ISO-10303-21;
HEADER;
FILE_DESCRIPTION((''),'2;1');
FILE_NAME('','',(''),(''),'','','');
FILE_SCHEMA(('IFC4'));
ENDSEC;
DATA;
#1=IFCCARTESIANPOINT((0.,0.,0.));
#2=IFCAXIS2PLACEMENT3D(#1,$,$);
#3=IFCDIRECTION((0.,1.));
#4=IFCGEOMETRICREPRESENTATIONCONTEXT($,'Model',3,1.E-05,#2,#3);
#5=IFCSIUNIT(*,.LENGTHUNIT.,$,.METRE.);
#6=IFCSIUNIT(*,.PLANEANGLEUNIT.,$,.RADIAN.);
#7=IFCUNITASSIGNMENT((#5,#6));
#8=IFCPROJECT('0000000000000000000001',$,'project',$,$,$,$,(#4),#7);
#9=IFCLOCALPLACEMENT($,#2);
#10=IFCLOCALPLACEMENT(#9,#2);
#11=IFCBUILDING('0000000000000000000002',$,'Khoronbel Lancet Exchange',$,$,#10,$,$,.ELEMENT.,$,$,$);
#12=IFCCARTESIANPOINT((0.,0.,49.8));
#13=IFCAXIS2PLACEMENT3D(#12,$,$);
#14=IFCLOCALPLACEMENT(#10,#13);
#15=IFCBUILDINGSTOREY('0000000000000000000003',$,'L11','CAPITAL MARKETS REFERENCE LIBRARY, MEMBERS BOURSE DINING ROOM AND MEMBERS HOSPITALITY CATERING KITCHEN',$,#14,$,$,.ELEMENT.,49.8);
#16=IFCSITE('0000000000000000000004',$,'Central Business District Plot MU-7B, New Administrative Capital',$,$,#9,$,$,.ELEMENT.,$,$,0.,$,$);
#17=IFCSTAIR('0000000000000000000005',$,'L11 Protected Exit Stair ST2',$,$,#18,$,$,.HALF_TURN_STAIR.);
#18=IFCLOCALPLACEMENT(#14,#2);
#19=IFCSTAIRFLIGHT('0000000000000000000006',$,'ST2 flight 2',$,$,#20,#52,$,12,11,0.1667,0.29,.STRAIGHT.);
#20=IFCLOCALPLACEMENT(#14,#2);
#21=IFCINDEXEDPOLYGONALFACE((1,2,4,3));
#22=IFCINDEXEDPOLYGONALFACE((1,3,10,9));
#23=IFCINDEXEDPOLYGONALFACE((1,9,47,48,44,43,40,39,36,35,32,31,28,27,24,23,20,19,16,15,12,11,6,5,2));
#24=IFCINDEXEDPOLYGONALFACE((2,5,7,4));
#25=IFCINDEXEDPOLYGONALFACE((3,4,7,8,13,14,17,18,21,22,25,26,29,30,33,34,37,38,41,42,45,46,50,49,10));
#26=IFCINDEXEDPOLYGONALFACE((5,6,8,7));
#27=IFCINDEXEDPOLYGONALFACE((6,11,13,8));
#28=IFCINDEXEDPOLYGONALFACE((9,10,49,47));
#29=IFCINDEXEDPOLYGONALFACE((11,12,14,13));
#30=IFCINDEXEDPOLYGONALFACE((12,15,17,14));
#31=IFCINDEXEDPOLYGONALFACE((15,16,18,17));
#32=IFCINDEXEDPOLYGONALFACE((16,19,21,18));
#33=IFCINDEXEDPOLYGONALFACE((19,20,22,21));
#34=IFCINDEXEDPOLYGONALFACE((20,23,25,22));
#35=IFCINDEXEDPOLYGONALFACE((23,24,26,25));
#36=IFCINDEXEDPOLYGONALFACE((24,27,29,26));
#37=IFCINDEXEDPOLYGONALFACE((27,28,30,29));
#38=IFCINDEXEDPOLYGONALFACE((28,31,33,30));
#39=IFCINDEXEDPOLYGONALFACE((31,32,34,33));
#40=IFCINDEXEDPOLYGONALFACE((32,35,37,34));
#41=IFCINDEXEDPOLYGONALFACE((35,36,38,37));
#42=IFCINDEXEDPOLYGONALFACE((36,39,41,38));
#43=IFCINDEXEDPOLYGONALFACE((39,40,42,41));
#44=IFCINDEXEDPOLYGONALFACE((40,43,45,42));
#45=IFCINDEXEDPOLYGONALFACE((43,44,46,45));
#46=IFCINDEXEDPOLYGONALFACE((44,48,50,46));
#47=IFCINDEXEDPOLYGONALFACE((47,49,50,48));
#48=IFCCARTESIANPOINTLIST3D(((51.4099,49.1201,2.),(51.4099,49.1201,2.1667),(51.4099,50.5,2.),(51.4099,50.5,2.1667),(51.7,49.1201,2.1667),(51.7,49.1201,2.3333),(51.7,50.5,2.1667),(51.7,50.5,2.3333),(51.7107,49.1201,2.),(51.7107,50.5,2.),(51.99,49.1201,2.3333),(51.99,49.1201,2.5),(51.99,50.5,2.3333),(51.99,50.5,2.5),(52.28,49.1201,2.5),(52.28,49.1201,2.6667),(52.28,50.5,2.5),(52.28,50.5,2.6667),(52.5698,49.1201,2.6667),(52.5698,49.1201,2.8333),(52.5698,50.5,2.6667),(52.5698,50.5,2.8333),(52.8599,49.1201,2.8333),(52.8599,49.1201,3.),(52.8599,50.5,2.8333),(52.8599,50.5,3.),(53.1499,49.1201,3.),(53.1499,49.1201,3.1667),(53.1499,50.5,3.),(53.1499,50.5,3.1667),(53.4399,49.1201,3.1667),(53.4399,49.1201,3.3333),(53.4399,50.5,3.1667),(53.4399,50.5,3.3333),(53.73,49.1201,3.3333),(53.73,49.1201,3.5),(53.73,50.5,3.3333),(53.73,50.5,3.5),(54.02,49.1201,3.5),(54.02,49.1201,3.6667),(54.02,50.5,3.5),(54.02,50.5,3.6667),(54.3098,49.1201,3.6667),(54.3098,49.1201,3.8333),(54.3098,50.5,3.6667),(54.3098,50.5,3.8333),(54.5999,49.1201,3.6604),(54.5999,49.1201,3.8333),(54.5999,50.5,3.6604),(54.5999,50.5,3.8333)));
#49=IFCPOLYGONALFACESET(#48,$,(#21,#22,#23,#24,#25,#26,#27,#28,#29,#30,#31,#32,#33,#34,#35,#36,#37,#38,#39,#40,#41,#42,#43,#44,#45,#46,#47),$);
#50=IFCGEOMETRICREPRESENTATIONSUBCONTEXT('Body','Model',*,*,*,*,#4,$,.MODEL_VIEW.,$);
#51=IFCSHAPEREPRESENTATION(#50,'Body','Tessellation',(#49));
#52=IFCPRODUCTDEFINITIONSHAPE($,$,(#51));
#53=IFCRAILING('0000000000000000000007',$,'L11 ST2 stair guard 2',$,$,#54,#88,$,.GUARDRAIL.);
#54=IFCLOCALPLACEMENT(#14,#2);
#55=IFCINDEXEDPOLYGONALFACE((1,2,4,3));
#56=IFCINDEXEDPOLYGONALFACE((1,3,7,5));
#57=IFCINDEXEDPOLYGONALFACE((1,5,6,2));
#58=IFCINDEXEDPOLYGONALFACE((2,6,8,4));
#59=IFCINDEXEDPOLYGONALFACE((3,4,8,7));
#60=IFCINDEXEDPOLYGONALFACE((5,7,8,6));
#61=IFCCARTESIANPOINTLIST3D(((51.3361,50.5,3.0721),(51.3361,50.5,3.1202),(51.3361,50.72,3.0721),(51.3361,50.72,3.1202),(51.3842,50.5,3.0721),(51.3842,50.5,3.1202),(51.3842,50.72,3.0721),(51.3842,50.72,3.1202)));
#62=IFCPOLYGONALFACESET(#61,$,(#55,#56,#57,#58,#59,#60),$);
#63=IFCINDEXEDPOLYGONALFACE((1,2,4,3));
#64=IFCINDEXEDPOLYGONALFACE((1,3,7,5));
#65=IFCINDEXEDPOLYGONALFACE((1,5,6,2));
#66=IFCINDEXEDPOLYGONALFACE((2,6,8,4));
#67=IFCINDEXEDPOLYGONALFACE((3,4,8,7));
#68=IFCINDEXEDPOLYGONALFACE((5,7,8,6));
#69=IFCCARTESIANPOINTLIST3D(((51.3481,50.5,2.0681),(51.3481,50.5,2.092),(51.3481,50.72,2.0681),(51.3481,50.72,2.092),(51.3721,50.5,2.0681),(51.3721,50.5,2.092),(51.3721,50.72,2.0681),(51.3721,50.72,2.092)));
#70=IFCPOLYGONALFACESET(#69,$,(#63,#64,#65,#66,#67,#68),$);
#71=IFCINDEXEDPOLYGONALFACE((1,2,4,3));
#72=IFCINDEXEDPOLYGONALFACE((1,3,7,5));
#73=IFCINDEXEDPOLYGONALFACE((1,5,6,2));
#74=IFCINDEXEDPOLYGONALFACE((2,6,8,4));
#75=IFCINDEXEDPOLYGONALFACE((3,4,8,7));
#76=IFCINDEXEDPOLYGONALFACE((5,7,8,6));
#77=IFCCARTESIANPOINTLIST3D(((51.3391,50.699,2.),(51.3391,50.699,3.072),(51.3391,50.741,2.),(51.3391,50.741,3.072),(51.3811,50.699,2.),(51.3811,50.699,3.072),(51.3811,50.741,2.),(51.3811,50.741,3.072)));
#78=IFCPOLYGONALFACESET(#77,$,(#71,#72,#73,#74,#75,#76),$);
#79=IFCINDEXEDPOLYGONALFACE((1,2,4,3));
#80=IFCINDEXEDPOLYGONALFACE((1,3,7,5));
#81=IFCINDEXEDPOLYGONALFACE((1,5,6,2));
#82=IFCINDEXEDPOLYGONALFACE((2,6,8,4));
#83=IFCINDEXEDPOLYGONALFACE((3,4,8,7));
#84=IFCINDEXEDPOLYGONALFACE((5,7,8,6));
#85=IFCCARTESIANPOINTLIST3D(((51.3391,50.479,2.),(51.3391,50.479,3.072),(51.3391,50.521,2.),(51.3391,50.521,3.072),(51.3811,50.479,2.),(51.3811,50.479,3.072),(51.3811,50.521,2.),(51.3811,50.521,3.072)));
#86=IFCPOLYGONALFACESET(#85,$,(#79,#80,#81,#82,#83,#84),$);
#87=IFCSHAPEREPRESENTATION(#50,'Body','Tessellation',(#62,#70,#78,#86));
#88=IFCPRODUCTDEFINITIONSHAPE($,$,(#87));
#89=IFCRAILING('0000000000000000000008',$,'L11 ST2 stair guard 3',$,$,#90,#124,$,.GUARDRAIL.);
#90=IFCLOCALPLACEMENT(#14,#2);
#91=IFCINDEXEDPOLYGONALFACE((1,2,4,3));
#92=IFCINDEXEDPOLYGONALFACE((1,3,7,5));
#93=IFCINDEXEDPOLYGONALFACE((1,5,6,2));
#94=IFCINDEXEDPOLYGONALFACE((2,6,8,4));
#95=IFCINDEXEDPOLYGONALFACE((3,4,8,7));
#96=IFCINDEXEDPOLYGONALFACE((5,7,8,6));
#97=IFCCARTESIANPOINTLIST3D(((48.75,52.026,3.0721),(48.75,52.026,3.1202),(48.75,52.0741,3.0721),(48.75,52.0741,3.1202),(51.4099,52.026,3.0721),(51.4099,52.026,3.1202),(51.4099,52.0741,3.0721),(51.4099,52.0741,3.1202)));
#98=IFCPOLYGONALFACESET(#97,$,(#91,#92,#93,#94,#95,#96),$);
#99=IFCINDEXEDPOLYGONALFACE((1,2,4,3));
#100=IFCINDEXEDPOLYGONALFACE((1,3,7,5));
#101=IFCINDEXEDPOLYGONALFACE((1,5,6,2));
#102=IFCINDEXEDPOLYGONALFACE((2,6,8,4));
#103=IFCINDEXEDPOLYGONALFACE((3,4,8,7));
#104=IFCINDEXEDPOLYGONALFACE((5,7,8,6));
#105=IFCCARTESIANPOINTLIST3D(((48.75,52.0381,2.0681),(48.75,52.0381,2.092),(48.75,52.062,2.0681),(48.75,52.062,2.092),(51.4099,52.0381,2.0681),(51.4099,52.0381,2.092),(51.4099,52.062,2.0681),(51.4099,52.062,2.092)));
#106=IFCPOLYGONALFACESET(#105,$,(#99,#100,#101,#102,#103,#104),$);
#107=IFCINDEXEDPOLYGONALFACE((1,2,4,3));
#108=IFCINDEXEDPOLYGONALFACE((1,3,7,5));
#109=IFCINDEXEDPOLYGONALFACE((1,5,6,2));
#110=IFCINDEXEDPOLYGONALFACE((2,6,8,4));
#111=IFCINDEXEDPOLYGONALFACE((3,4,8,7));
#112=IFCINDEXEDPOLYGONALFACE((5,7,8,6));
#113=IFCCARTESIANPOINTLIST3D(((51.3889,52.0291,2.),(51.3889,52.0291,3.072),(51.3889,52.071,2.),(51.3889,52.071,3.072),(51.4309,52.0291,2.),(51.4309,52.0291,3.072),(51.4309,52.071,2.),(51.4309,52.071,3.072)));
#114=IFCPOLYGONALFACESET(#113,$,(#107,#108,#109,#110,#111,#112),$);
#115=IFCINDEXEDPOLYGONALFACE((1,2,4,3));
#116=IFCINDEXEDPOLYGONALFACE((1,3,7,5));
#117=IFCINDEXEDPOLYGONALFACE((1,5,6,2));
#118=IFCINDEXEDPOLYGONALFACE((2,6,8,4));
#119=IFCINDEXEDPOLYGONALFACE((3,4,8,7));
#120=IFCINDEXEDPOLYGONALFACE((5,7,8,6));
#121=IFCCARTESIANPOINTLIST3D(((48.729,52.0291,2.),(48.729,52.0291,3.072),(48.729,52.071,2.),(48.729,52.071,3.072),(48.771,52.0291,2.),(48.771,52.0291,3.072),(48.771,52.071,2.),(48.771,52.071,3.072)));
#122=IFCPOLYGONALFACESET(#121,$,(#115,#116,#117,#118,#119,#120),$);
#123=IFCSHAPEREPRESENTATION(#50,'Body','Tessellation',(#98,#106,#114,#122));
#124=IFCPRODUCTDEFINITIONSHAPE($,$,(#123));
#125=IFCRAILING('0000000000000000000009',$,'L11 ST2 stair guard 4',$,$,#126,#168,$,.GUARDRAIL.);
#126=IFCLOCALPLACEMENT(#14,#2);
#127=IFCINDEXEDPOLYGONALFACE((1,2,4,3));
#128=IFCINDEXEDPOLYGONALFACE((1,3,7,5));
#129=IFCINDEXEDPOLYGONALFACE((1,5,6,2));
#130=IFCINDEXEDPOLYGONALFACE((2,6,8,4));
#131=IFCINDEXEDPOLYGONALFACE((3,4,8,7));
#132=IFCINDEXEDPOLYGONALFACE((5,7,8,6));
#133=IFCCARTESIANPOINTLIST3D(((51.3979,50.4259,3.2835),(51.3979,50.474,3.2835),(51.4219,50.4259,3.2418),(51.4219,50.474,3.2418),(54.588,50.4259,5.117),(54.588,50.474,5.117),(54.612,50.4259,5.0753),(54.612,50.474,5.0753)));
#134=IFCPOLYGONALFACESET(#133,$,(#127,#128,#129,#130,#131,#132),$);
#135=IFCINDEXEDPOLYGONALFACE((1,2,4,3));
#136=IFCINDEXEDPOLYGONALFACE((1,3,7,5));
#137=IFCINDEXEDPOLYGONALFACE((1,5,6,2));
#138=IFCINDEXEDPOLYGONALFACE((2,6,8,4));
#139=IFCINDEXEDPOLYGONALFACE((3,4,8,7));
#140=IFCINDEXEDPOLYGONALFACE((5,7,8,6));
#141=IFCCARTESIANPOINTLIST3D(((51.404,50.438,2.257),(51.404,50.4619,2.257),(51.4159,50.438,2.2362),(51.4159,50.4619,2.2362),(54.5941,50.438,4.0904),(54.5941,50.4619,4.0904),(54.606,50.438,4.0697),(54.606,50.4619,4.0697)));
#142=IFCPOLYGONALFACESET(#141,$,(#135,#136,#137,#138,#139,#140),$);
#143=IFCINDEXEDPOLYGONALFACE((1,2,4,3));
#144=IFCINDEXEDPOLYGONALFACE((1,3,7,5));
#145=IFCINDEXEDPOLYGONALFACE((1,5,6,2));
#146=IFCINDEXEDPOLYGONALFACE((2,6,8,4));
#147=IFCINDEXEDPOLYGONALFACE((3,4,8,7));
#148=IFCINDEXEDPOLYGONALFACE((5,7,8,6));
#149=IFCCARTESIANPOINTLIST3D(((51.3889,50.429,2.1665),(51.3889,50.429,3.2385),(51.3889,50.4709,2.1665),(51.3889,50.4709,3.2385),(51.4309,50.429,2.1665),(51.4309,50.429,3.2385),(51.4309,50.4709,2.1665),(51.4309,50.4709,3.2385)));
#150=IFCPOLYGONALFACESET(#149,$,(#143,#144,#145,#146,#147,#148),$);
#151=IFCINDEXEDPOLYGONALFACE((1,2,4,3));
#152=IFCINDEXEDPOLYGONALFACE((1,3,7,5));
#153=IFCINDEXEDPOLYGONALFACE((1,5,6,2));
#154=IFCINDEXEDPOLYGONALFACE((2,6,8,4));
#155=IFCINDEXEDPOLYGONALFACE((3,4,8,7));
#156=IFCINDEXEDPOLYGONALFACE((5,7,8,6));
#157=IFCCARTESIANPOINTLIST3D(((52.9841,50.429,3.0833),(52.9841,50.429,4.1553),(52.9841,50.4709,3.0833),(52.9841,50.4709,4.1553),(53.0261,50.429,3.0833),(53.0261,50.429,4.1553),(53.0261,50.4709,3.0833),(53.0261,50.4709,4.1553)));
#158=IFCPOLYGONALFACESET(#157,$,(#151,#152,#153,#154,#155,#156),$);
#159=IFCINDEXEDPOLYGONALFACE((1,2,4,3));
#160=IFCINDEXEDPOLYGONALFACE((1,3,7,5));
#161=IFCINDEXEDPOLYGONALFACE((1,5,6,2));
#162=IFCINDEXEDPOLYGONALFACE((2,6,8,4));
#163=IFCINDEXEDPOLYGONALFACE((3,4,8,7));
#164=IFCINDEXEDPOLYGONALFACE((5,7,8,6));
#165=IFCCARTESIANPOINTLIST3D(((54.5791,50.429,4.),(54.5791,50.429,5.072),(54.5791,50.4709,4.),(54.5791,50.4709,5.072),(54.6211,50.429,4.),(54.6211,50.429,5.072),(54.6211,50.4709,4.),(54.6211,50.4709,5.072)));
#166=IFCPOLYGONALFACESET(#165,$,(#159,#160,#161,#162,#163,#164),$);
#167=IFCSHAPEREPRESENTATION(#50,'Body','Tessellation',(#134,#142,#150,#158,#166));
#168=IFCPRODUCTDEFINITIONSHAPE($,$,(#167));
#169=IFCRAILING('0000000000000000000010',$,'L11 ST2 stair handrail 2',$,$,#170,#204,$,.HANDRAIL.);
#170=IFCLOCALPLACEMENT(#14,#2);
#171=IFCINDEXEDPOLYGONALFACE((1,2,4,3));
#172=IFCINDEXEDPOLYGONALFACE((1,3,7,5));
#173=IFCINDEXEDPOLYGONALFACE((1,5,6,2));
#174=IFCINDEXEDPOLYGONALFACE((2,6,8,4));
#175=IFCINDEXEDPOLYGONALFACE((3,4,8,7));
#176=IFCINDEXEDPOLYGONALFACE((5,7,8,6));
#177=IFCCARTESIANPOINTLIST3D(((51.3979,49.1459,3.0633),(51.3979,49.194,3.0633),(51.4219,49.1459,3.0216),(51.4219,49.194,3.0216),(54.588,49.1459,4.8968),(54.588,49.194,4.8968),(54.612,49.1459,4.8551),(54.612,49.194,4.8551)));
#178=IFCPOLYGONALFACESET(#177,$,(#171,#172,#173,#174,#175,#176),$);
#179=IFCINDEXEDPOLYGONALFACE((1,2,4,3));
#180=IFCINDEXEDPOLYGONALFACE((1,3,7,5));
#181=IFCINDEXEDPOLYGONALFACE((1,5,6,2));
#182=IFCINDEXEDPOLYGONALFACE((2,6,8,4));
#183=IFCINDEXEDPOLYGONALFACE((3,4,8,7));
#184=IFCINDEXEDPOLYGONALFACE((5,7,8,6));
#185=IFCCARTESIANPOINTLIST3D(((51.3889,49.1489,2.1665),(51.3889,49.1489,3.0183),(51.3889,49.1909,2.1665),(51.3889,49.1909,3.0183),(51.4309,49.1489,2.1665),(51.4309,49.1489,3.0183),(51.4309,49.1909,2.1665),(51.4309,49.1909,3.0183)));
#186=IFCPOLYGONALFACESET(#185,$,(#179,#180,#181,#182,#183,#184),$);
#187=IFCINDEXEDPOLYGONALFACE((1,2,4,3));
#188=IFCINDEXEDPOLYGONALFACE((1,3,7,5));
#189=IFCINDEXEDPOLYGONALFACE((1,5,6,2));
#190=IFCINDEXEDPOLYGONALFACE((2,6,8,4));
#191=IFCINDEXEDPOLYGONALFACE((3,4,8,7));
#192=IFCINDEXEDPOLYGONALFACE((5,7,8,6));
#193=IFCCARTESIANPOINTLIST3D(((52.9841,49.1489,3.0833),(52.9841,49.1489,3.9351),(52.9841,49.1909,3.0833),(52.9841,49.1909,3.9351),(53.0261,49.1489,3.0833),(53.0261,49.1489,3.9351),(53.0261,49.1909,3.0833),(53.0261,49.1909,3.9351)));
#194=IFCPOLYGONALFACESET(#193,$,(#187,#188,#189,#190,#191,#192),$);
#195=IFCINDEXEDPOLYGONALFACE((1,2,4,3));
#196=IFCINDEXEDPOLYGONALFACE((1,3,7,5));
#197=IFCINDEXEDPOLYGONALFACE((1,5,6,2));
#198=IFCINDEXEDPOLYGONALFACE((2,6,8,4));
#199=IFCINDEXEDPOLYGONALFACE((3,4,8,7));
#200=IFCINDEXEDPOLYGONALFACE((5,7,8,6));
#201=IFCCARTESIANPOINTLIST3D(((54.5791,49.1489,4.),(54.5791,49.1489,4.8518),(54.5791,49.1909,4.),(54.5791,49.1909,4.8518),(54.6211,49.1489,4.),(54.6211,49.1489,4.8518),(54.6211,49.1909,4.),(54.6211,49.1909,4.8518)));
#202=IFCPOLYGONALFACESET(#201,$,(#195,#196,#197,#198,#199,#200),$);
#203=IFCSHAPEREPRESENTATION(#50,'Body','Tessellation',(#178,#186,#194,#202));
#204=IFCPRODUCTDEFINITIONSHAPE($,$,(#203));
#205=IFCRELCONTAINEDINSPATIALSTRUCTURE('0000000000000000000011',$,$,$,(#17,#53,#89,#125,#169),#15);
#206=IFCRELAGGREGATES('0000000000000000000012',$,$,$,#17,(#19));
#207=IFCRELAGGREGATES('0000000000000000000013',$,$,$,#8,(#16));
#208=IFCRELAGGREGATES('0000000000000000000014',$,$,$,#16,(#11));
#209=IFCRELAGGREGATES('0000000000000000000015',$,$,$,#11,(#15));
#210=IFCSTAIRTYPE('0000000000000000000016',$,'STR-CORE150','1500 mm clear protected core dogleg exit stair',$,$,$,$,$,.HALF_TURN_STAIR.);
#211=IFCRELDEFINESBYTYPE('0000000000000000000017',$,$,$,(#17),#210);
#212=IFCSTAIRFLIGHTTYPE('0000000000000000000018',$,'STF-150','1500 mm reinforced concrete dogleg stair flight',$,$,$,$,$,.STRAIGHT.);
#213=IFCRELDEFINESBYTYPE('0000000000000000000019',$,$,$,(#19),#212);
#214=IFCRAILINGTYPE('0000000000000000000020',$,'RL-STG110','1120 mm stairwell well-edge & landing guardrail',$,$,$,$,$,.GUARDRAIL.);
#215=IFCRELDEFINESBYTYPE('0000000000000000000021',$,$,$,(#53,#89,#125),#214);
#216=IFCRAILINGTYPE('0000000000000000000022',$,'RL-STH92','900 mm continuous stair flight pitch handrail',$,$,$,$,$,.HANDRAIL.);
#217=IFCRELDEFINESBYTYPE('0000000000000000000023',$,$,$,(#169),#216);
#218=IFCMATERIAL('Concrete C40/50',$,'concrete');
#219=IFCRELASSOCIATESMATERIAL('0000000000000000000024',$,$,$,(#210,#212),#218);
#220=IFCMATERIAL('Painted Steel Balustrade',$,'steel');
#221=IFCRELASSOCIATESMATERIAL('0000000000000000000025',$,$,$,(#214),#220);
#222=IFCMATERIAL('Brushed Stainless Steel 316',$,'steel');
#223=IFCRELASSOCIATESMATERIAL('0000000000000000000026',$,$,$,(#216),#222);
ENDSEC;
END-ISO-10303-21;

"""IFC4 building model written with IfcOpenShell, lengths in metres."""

from ifc_helpers import new_model, si_unit, direction, frame, origin, origin_2d, place, context, subcontext, project, spatial, polyline, rectangle, outline, extrude, material, type_object, element, aggregate, save


model = new_model("IFC4")

# Units and contexts
model_context = context("Model", 3, precision=1e-05, world=origin(), true_north=direction((0.0, 1.0)))
body_context = subcontext(model_context, "Body", "Model", "MODEL_VIEW")
ifc_project = project(units=[si_unit("LENGTHUNIT", "METRE"), si_unit("PLANEANGLEUNIT", "RADIAN")], contexts=[model_context])

# Site, building, storey
site_placement = place(None, origin())
site = spatial("IfcSite", under=ifc_project, at=site_placement, Name="Central Business District Plot MU-7B, New Administrative Capital", CompositionType="ELEMENT", RefElevation=0.0)
building_placement = place(site_placement, origin())
building = spatial("IfcBuilding", under=site, at=building_placement, Name="Khoronbel Lancet Exchange", CompositionType="ELEMENT")
storey_placement = place(building_placement, frame((0.0, 0.0, 49.8)))
storey = spatial("IfcBuildingStorey", under=building, at=storey_placement, Name="L11", Description="CAPITAL MARKETS REFERENCE LIBRARY, MEMBERS BOURSE DINING ROOM AND MEMBERS HOSPITALITY CATERING KITCHEN", CompositionType="ELEMENT", Elevation=49.8)

# Stair, stair flight
ifc_material_1 = material(Name="Concrete C40/50", Category="concrete")
stair_type = type_object("IfcStairType", Name="STR-CORE150", Description="1500 mm clear protected core dogleg exit stair", PredefinedType="HALF_TURN_STAIR", material=ifc_material_1)
stair_placement = place(storey_placement, origin())
stair = element("IfcStair", 1, at=stair_placement, inside=storey, type_object=stair_type, Name="L11 Protected Exit Stair ST2", PredefinedType="HALF_TURN_STAIR")
stair_flight_type = type_object("IfcStairFlightType", Name="STF-150", Description="1500 mm reinforced concrete dogleg stair flight", PredefinedType="STRAIGHT", material=ifc_material_1)
stair_flight_placement = place(storey_placement, frame((51.4099, 49.8101, 2.0), z_axis=(0.0, 0.0, 1.0), x_axis=(1.0, 0.0, 0.0)))
stair_flight = element("IfcStairFlight", 2, at=stair_flight_placement, type_object=stair_flight_type, Name="ST2 flight 2", NumberOfRisers=12, NumberOfTreads=11, PredefinedType="STRAIGHT", RiserHeight=0.1667, TreadLength=0.29, context=body_context, shape_type="SweptSolid", body=[
    extrude(outline(polyline([(0.0, 0.0), (0.0, 0.1667), (0.29, 0.1667), (0.29, 0.3333), (0.5801, 0.3333), (0.5801, 0.5), (0.8701, 0.5), (0.8701, 0.6667), (1.1599, 0.6667), (1.1599, 0.8333), (1.45, 0.8333), (1.45, 1.0), (1.74, 1.0), (1.74, 1.1667), (2.03, 1.1667), (2.03, 1.3333), (2.3201, 1.3333), (2.3201, 1.5), (2.6101, 1.5), (2.6101, 1.6667), (2.8999, 1.6667), (2.8999, 1.8333), (3.1899, 1.8333), (3.1899, 2.0), (3.1899, 1.6604), (0.3008, 0.0), (0.0, 0.0)])), frame((0.0, 0.6899, 0.0), z_axis=(0.0, -1.0, 0.0), x_axis=(1.0, 0.0, 0.0)), (0.0, 0.0, 1.0), 1.3799),
])
aggregate(stair, [stair_flight])

# Railings
ifc_material_2 = material(Name="Painted Steel Balustrade", Category="steel")
railing_type_1 = type_object("IfcRailingType", Name="RL-STG110", Description="1120 mm stairwell well-edge & landing guardrail", PredefinedType="GUARDRAIL", material=ifc_material_2)
railing_1_placement = place(storey_placement, frame((51.3601, 50.72, 2.0)))
element("IfcRailing", 3, at=railing_1_placement, inside=storey, type_object=railing_type_1, Name="L11 ST2 stair guard 2", PredefinedType="GUARDRAIL", context=body_context, shape_type="SweptSolid", body=[
    extrude(rectangle(XDim=0.0481, YDim=0.0481, at=origin_2d()), frame((0.0, 0.0, 1.0962), z_axis=(0.0, -1.0, 0.0), x_axis=(1.0, 0.0, 0.0)), (0.0, 0.0, 1.0), 0.22),
    extrude(rectangle(XDim=0.0239, YDim=0.0239, at=origin_2d()), frame((0.0, 0.0, 0.0801), z_axis=(0.0, -1.0, 0.0), x_axis=(1.0, 0.0, 0.0)), (0.0, 0.0, 1.0), 0.22),
    extrude(rectangle(XDim=0.042, YDim=0.042, at=origin_2d()), origin(), (0.0, 0.0, 1.0), 1.072),
    extrude(rectangle(XDim=0.042, YDim=0.042, at=origin_2d()), frame((0.0, -0.22, 0.0)), (0.0, 0.0, 1.0), 1.072),
])
railing_2_placement = place(storey_placement, frame((51.4099, 52.05, 2.0)))
element("IfcRailing", 4, at=railing_2_placement, inside=storey, type_object=railing_type_1, Name="L11 ST2 stair guard 3", PredefinedType="GUARDRAIL", context=body_context, shape_type="SweptSolid", body=[
    extrude(rectangle(XDim=0.0481, YDim=0.0481, at=origin_2d()), frame((0.0, 0.0, 1.0962), z_axis=(-1.0, 0.0, 0.0), x_axis=(0.0, -1.0, 0.0)), (0.0, 0.0, 1.0), 2.6599),
    extrude(rectangle(XDim=0.0239, YDim=0.0239, at=origin_2d()), frame((0.0, 0.0, 0.0801), z_axis=(-1.0, 0.0, 0.0), x_axis=(0.0, -1.0, 0.0)), (0.0, 0.0, 1.0), 2.6599),
    extrude(rectangle(XDim=0.042, YDim=0.042, at=origin_2d()), origin(), (0.0, 0.0, 1.0), 1.072),
    extrude(rectangle(XDim=0.042, YDim=0.042, at=origin_2d()), frame((-2.6599, 0.0, 0.0)), (0.0, 0.0, 1.0), 1.072),
])
railing_3_placement = place(storey_placement, frame((51.4099, 50.45, 2.1665)))
element("IfcRailing", 5, at=railing_3_placement, inside=storey, type_object=railing_type_1, Name="L11 ST2 stair guard 4", PredefinedType="GUARDRAIL", context=body_context, shape_type="SweptSolid", body=[
    extrude(rectangle(XDim=0.0481, YDim=0.0481, at=origin_2d()), frame((0.0, 0.0, 1.0962), z_axis=(0.867007, 0.0, 0.498295), x_axis=(0.0, 1.0, 0.0)), (0.0, 0.0, 1.0), 3.6794),
    extrude(rectangle(XDim=0.0239, YDim=0.0239, at=origin_2d()), frame((0.0, 0.0, 0.0801), z_axis=(0.867007, 0.0, 0.498295), x_axis=(0.0, 1.0, 0.0)), (0.0, 0.0, 1.0), 3.6794),
    extrude(rectangle(XDim=0.042, YDim=0.042, at=origin_2d()), origin(), (0.0, 0.0, 1.0), 1.072),
    extrude(rectangle(XDim=0.042, YDim=0.042, at=origin_2d()), frame((1.5952, 0.0, 0.9167)), (0.0, 0.0, 1.0), 1.072),
    extrude(rectangle(XDim=0.042, YDim=0.042, at=origin_2d()), frame((3.1902, 0.0, 1.8335)), (0.0, 0.0, 1.0), 1.072),
])
ifc_material_3 = material(Name="Brushed Stainless Steel 316", Category="steel")
railing_type_2 = type_object("IfcRailingType", Name="RL-STH92", Description="900 mm continuous stair flight pitch handrail", PredefinedType="HANDRAIL", material=ifc_material_3)
railing_4_placement = place(storey_placement, frame((51.4099, 49.1699, 2.1665)))
element("IfcRailing", 6, at=railing_4_placement, inside=storey, type_object=railing_type_2, Name="L11 ST2 stair handrail 2", PredefinedType="HANDRAIL", context=body_context, shape_type="SweptSolid", body=[
    extrude(rectangle(XDim=0.0481, YDim=0.0481, at=origin_2d()), frame((0.0, 0.0, 0.876), z_axis=(0.867007, 0.0, 0.498295), x_axis=(0.0, 1.0, 0.0)), (0.0, 0.0, 1.0), 3.6794),
    extrude(rectangle(XDim=0.042, YDim=0.042, at=origin_2d()), origin(), (0.0, 0.0, 1.0), 0.8518),
    extrude(rectangle(XDim=0.042, YDim=0.042, at=origin_2d()), frame((1.5952, 0.0, 0.9167)), (0.0, 0.0, 1.0), 0.8518),
    extrude(rectangle(XDim=0.042, YDim=0.042, at=origin_2d()), frame((3.1902, 0.0, 1.8335)), (0.0, 0.0, 1.0), 0.8518),
])

save(model, "model.ifc")
